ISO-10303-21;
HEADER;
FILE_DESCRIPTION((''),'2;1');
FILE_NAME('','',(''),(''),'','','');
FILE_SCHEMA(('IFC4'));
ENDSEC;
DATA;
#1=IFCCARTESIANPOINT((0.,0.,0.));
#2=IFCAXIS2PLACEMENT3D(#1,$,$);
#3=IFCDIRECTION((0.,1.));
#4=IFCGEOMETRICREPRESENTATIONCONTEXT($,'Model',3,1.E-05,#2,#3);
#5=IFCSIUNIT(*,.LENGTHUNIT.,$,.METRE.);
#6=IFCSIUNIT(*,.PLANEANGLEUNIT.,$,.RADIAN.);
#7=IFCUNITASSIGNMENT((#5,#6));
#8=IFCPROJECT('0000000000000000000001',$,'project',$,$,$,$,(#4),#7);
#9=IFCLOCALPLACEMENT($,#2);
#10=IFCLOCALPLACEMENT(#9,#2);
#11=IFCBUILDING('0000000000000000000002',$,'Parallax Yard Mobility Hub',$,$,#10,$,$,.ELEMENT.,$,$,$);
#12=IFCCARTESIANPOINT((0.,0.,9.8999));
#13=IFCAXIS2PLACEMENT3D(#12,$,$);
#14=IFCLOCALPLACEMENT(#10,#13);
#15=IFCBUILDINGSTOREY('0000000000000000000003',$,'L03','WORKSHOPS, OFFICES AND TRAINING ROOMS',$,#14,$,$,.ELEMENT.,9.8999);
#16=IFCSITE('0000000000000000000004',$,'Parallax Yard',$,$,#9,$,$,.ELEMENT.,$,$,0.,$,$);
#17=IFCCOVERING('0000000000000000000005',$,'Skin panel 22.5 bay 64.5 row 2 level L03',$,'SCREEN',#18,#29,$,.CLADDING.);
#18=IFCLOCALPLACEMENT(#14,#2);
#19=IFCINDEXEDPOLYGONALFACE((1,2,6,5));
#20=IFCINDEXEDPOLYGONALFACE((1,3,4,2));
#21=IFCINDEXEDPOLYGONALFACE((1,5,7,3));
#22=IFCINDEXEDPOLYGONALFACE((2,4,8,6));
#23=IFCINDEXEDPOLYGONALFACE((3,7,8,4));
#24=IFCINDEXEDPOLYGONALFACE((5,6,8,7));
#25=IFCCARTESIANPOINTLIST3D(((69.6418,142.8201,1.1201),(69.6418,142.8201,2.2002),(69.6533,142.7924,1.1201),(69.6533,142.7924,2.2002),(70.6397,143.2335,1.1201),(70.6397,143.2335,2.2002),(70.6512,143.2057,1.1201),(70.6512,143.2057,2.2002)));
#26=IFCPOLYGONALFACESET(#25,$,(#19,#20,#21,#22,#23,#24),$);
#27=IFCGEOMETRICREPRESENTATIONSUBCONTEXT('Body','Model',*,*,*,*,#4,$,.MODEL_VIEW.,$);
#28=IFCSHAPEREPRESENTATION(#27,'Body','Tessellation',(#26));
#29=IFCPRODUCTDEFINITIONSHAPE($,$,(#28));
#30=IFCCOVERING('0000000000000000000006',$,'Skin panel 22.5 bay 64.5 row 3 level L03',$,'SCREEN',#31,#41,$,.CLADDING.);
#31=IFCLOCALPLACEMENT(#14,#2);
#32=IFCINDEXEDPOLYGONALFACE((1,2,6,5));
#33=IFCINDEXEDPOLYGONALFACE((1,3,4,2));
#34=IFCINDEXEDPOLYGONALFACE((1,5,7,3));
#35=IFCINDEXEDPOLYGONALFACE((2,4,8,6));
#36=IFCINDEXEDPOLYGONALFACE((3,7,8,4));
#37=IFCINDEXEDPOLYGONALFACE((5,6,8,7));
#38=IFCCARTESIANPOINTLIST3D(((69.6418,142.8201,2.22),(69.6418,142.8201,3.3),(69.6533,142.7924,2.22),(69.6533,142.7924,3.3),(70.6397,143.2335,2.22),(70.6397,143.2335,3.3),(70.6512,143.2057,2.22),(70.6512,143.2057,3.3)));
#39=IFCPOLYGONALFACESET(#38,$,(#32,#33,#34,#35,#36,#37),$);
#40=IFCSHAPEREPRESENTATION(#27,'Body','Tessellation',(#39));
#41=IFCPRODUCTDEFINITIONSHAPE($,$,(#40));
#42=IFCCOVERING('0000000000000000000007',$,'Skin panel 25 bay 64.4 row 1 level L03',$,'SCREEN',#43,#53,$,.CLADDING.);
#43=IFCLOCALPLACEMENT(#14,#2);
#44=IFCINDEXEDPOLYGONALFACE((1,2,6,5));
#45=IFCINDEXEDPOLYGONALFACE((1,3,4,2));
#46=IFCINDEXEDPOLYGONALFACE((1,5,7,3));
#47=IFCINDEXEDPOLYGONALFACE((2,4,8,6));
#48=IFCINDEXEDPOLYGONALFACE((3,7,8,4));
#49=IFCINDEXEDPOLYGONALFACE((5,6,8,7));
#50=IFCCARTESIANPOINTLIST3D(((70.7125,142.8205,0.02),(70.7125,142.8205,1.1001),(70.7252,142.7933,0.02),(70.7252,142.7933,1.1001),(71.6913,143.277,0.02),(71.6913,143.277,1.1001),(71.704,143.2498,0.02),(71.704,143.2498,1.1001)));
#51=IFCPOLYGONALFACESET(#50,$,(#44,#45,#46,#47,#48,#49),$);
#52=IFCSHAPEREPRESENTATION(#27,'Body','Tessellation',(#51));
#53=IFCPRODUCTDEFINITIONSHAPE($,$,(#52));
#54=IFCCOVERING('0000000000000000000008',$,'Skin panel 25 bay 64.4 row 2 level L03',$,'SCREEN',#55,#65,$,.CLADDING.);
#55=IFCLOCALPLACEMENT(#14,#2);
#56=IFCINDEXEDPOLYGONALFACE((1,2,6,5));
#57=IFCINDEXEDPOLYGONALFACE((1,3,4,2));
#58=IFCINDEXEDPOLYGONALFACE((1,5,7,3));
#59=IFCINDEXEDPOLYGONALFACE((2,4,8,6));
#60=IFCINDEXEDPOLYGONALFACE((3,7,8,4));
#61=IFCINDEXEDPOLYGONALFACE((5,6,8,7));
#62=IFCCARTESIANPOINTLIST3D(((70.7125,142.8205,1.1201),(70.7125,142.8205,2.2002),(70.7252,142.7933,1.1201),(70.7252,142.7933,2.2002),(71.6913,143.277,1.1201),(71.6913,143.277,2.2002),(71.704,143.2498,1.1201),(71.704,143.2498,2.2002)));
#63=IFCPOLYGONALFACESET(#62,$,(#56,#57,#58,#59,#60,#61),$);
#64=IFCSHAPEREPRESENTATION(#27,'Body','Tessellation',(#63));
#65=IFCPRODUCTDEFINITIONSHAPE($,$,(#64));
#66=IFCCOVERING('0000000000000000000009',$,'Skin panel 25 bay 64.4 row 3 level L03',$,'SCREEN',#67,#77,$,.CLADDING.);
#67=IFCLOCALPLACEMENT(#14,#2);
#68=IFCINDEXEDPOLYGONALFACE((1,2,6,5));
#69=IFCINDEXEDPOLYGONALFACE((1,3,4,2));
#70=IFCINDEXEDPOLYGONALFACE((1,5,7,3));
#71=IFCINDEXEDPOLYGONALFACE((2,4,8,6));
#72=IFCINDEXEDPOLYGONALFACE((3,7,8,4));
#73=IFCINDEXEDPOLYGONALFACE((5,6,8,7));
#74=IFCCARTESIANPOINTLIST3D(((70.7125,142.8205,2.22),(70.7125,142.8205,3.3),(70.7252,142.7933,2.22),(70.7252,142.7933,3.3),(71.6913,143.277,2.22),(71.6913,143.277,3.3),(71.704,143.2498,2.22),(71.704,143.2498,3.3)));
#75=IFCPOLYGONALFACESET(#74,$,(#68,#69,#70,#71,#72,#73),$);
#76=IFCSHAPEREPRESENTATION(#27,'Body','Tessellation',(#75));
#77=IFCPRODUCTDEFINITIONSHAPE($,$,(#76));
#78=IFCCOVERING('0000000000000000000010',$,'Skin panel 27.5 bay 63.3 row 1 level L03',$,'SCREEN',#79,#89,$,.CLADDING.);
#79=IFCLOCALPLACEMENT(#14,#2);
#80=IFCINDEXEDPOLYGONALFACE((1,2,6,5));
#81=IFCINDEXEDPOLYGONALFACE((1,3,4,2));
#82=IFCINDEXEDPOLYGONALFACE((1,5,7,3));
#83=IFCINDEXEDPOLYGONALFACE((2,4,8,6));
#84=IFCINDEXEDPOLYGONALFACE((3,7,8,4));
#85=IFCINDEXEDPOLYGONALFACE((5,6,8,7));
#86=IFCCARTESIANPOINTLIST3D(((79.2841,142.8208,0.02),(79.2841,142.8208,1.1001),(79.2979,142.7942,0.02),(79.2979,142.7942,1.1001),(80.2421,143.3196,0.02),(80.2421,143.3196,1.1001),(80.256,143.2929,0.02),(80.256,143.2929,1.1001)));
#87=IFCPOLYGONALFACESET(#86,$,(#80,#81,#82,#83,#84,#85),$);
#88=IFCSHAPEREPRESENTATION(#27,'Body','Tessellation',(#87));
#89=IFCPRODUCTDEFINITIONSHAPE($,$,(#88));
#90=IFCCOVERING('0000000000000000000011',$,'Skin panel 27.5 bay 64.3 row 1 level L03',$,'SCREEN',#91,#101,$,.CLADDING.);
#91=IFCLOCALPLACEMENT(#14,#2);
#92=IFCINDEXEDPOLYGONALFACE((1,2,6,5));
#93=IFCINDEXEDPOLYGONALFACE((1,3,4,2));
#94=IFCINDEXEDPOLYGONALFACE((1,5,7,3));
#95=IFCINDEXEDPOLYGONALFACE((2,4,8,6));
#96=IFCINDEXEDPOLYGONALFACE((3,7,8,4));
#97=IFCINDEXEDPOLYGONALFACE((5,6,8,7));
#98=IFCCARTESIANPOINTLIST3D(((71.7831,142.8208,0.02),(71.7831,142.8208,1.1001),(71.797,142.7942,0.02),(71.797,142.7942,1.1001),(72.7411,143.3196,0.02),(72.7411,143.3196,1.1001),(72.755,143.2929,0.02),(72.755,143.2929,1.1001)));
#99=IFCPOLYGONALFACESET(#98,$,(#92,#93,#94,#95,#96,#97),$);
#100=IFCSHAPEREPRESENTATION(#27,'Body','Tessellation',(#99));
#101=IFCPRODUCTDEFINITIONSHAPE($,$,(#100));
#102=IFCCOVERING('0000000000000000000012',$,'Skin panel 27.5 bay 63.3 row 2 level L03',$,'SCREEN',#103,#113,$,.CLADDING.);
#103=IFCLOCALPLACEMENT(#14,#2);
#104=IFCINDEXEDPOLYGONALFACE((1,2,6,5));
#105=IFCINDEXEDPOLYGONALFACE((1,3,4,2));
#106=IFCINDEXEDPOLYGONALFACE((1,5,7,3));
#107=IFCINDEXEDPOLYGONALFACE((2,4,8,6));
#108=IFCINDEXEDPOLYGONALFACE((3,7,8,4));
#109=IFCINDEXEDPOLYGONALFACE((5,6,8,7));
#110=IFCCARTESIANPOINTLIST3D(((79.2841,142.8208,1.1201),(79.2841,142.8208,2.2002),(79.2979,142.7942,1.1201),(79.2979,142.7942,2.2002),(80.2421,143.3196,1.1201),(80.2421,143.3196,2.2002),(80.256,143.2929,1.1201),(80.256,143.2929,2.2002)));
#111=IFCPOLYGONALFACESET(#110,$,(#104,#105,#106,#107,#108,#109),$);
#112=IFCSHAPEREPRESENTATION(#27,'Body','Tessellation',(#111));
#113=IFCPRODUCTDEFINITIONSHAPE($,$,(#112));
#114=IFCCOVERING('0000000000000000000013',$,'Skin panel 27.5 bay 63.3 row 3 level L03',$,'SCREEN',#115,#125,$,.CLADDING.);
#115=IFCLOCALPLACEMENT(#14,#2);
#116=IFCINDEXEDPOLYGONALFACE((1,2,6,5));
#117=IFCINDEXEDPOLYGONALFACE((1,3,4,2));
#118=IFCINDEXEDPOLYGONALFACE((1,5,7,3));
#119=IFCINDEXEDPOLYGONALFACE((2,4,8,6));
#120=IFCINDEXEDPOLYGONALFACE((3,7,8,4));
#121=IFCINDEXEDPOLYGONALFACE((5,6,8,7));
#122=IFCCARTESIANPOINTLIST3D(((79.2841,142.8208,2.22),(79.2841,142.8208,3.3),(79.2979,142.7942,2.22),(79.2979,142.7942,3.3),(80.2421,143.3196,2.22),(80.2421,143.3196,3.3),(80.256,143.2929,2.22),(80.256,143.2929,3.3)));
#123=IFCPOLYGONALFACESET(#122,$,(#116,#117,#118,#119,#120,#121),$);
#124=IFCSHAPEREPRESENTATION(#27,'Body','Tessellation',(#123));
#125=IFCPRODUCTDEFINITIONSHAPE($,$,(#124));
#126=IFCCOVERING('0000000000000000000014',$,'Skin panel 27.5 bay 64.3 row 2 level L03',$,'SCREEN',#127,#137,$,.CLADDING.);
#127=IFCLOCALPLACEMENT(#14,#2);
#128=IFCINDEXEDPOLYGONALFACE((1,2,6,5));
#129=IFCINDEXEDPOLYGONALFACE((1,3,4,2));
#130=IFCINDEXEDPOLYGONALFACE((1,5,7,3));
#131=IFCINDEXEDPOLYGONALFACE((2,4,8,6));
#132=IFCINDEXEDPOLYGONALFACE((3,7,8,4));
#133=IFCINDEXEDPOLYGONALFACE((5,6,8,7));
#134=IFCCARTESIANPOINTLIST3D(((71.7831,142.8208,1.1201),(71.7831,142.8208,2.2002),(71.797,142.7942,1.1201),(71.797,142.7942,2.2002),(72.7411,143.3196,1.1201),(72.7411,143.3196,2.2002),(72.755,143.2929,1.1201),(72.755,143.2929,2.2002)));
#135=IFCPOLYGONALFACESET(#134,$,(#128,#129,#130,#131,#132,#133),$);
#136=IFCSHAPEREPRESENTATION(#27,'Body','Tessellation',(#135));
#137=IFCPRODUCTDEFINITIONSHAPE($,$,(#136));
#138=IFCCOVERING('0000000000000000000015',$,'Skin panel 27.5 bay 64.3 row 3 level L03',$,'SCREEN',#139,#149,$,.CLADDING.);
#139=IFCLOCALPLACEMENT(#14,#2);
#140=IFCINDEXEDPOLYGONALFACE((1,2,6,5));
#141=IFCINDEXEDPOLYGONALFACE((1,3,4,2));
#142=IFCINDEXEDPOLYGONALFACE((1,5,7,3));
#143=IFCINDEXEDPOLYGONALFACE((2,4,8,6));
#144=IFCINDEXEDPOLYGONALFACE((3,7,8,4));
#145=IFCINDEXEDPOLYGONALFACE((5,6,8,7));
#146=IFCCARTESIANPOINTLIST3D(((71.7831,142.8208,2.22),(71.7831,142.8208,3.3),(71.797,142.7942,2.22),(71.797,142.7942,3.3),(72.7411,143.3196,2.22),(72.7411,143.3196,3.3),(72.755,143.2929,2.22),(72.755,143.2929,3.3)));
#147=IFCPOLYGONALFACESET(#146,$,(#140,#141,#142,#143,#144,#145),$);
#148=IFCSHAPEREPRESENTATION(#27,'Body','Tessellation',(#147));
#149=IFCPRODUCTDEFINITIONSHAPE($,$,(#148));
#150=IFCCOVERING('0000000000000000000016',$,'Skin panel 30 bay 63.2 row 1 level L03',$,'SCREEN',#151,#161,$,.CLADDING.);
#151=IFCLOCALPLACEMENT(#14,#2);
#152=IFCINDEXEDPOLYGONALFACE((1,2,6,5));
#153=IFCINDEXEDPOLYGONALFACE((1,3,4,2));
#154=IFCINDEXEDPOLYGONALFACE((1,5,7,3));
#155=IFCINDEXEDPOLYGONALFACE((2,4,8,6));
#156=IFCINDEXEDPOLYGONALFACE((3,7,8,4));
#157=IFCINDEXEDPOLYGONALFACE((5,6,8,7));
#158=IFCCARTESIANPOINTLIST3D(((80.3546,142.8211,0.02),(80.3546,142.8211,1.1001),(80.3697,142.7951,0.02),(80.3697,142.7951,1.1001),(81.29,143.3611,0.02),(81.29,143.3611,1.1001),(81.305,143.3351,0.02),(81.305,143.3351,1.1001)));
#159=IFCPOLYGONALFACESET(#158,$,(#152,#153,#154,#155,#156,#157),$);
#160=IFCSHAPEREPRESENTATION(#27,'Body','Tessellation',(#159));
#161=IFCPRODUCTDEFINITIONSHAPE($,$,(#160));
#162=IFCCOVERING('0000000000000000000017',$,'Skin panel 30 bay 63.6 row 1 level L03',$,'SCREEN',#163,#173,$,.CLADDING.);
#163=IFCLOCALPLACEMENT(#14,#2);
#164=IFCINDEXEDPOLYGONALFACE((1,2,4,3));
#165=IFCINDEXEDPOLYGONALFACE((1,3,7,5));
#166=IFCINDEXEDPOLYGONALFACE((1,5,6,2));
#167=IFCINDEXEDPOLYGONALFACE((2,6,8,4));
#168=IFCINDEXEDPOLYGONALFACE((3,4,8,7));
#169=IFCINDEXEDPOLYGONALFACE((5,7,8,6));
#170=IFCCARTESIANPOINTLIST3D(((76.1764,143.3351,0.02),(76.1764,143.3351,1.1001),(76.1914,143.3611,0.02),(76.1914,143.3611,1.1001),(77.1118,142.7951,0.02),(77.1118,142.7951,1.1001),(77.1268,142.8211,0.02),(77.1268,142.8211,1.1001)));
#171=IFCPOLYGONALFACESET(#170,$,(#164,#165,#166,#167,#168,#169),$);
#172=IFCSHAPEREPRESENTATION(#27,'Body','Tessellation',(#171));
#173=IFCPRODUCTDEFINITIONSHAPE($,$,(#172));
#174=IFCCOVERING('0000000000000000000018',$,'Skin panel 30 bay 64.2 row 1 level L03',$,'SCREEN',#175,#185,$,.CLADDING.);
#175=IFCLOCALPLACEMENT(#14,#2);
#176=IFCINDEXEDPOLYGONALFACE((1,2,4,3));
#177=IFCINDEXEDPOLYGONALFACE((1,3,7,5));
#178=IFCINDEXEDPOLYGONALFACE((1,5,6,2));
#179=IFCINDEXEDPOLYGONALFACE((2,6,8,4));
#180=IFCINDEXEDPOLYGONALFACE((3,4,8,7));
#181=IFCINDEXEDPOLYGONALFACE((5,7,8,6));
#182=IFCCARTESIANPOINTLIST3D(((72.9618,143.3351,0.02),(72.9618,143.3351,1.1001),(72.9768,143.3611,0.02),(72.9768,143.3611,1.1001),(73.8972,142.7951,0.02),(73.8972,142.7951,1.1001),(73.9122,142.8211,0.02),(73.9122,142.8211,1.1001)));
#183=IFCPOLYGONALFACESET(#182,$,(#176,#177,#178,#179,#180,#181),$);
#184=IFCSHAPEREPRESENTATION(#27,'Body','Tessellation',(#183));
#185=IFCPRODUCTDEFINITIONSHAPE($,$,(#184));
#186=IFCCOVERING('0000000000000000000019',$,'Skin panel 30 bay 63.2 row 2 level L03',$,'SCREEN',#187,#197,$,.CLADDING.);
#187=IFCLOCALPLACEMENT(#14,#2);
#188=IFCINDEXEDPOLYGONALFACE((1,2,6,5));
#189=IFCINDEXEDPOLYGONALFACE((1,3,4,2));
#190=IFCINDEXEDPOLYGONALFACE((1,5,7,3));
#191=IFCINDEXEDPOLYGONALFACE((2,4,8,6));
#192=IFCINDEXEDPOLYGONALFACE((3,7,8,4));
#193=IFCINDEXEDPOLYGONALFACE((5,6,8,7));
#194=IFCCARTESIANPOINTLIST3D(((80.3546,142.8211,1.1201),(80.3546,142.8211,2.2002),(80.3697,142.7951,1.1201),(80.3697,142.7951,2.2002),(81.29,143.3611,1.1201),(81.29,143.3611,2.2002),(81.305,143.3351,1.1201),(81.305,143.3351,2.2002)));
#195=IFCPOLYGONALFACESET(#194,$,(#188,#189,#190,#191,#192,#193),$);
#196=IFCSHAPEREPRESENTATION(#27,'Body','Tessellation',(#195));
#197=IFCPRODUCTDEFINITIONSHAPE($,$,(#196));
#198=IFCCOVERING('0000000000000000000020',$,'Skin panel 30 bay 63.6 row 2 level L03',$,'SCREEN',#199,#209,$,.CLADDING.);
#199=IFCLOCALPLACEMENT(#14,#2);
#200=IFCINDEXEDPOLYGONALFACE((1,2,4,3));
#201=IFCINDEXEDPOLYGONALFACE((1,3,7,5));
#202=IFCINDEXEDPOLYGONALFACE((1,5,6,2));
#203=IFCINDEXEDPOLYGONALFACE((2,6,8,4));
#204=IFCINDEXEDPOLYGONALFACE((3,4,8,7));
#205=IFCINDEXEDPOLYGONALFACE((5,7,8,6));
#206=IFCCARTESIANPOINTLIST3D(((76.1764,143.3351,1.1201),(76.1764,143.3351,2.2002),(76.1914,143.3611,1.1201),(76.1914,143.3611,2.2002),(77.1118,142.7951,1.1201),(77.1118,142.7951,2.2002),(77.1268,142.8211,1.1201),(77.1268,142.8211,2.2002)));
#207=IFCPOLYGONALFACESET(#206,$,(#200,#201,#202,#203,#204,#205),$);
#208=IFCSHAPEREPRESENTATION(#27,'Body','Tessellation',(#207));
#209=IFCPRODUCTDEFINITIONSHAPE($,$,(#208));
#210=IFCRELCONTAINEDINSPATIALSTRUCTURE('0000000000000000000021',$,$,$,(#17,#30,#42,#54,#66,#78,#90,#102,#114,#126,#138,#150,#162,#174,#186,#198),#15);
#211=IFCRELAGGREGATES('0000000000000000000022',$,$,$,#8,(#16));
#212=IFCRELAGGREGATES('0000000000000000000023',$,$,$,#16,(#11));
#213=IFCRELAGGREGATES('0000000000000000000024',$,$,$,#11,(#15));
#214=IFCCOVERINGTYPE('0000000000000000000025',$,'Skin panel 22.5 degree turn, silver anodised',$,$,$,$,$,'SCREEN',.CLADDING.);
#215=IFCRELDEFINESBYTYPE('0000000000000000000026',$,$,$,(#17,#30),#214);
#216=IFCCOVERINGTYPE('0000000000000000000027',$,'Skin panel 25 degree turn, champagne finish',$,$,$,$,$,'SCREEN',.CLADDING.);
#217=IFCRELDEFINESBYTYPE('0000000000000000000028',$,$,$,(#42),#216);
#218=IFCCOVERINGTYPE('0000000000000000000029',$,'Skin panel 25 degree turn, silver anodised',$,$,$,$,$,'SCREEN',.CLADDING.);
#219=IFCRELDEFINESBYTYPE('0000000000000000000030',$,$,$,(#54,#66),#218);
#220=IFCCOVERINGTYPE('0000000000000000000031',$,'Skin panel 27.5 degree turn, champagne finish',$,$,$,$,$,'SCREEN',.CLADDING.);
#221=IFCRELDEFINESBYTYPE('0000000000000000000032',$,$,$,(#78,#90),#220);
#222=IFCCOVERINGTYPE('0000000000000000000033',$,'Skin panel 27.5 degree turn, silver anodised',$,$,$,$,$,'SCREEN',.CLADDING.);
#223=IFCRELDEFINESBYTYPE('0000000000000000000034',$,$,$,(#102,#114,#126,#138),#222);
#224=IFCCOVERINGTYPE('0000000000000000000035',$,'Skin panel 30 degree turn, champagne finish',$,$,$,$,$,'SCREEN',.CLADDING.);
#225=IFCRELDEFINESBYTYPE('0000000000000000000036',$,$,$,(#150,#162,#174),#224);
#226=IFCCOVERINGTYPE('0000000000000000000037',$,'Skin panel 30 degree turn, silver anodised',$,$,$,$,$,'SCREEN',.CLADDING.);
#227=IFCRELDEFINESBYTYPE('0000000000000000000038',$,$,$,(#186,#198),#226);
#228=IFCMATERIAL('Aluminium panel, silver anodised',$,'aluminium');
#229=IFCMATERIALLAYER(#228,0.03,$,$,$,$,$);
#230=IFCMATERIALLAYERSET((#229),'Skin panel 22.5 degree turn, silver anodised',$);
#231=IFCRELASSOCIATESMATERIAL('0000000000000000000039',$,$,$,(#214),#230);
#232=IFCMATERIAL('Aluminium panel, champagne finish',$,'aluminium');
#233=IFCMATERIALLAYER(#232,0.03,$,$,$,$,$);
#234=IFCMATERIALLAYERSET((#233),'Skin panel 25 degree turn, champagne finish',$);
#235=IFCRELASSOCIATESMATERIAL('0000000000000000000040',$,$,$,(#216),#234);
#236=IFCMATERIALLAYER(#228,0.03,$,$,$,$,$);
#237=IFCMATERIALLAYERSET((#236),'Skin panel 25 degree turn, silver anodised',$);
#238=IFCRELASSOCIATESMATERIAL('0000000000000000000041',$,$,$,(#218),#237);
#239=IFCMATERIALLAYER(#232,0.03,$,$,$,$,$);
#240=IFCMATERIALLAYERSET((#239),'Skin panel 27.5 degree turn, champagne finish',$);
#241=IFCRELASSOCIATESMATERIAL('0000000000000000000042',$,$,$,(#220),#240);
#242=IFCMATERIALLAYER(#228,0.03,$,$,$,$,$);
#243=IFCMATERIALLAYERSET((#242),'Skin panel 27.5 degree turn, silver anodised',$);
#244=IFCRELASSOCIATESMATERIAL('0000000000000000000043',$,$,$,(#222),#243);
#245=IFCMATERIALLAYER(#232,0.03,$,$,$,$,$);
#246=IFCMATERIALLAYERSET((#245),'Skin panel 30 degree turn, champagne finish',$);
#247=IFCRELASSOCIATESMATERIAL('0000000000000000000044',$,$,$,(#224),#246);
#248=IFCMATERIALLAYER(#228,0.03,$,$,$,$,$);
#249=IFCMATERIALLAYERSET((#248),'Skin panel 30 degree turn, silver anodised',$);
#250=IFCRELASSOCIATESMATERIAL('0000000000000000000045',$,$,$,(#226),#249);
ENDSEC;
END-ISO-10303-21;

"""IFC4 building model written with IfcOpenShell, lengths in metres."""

from ifc_helpers import new_model, si_unit, direction, frame, origin, origin_2d, place, context, subcontext, project, spatial, rectangle, extrude, material, layer, layer_set, type_object, element, save


model = new_model("IFC4")

# Units and contexts
model_context = context("Model", 3, precision=1e-05, world=origin(), true_north=direction((0.0, 1.0)))
body_context = subcontext(model_context, "Body", "Model", "MODEL_VIEW")
ifc_project = project(units=[si_unit("LENGTHUNIT", "METRE"), si_unit("PLANEANGLEUNIT", "RADIAN")], contexts=[model_context])

# Site, building, storey
site_placement = place(None, origin())
site = spatial("IfcSite", under=ifc_project, at=site_placement, Name="Parallax Yard", CompositionType="ELEMENT", RefElevation=0.0)
building_placement = place(site_placement, origin())
building = spatial("IfcBuilding", under=site, at=building_placement, Name="Parallax Yard Mobility Hub", CompositionType="ELEMENT")
storey_placement = place(building_placement, frame((0.0, 0.0, 9.8999)))
storey = spatial("IfcBuildingStorey", under=building, at=storey_placement, Name="L03", Description="WORKSHOPS, OFFICES AND TRAINING ROOMS", CompositionType="ELEMENT", Elevation=9.8999)

# Coverings
ifc_material_1 = material(Name="Aluminium panel, silver anodised", Category="aluminium")
ifc_layer_1 = layer(ifc_material_1, 0.03)
ifc_layer_set_1 = layer_set([ifc_layer_1], Name="Skin panel 22.5 degree turn, silver anodised")
covering_type_1 = type_object("IfcCoveringType", Name="Skin panel 22.5 degree turn, silver anodised", ElementType="SCREEN", PredefinedType="CLADDING", material=ifc_layer_set_1)
for number, where, z_axis, x_axis, name in (
    (1, (70.1465, 143.0129, 1.1201), (0.0, 0.0, 1.0), (0.92388, 0.382683, 0.0), "Skin panel 22.5 bay 64.5 row 2 level L03"),
    (2, (70.1465, 143.0129, 2.22), (0.0, 0.0, 1.0), (0.92388, 0.382683, 0.0), "Skin panel 22.5 bay 64.5 row 3 level L03"),
):
    element("IfcCovering", number, at=place(storey_placement, frame(where, z_axis=z_axis, x_axis=x_axis)), inside=storey, type_object=covering_type_1, Name=name, ObjectType="SCREEN", PredefinedType="CLADDING", context=body_context, shape_type="SweptSolid", body=[
        extrude(rectangle(XDim=1.0801, YDim=0.03, at=origin_2d()), origin(), (0.0, 0.0, 1.0), 1.0801),
    ])
ifc_material_2 = material(Name="Aluminium panel, champagne finish", Category="aluminium")
ifc_layer_2 = layer(ifc_material_2, 0.03)
ifc_layer_set_2 = layer_set([ifc_layer_2], Name="Skin panel 25 degree turn, champagne finish")
covering_type_2 = type_object("IfcCoveringType", Name="Skin panel 25 degree turn, champagne finish", ElementType="SCREEN", PredefinedType="CLADDING", material=ifc_layer_set_2)
covering_1_placement = place(storey_placement, frame((71.2083, 143.0352, 0.02), z_axis=(0.0, 0.0, 1.0), x_axis=(0.906308, 0.422618, 0.0)))
element("IfcCovering", 3, at=covering_1_placement, inside=storey, type_object=covering_type_2, Name="Skin panel 25 bay 64.4 row 1 level L03", ObjectType="SCREEN", PredefinedType="CLADDING", context=body_context, shape_type="SweptSolid", body=[
    extrude(rectangle(XDim=1.0801, YDim=0.03, at=origin_2d()), origin(), (0.0, 0.0, 1.0), 1.0801),
])
ifc_layer_3 = layer(ifc_material_1, 0.03)
ifc_layer_set_3 = layer_set([ifc_layer_3], Name="Skin panel 25 degree turn, silver anodised")
covering_type_3 = type_object("IfcCoveringType", Name="Skin panel 25 degree turn, silver anodised", ElementType="SCREEN", PredefinedType="CLADDING", material=ifc_layer_set_3)
for number, where, z_axis, x_axis, name in (
    (4, (71.2083, 143.0352, 1.1201), (0.0, 0.0, 1.0), (0.906308, 0.422618, 0.0), "Skin panel 25 bay 64.4 row 2 level L03"),
    (5, (71.2083, 143.0352, 2.22), (0.0, 0.0, 1.0), (0.906308, 0.422618, 0.0), "Skin panel 25 bay 64.4 row 3 level L03"),
):
    element("IfcCovering", number, at=place(storey_placement, frame(where, z_axis=z_axis, x_axis=x_axis)), inside=storey, type_object=covering_type_3, Name=name, ObjectType="SCREEN", PredefinedType="CLADDING", context=body_context, shape_type="SweptSolid", body=[
        extrude(rectangle(XDim=1.0801, YDim=0.03, at=origin_2d()), origin(), (0.0, 0.0, 1.0), 1.0801),
    ])
ifc_layer_4 = layer(ifc_material_2, 0.03)
ifc_layer_set_4 = layer_set([ifc_layer_4], Name="Skin panel 27.5 degree turn, champagne finish")
covering_type_4 = type_object("IfcCoveringType", Name="Skin panel 27.5 degree turn, champagne finish", ElementType="SCREEN", PredefinedType="CLADDING", material=ifc_layer_set_4)
for number, where, z_axis, x_axis, name in (
    (6, (79.77, 143.0569, 0.02), (0.0, 0.0, 1.0), (0.887011, 0.461749, 0.0), "Skin panel 27.5 bay 63.3 row 1 level L03"),
    (7, (72.269, 143.0569, 0.02), (0.0, 0.0, 1.0), (0.887011, 0.461749, 0.0), "Skin panel 27.5 bay 64.3 row 1 level L03"),
):
    element("IfcCovering", number, at=place(storey_placement, frame(where, z_axis=z_axis, x_axis=x_axis)), inside=storey, type_object=covering_type_4, Name=name, ObjectType="SCREEN", PredefinedType="CLADDING", context=body_context, shape_type="SweptSolid", body=[
        extrude(rectangle(XDim=1.0801, YDim=0.03, at=origin_2d()), origin(), (0.0, 0.0, 1.0), 1.0801),
    ])
ifc_layer_5 = layer(ifc_material_1, 0.03)
ifc_layer_set_5 = layer_set([ifc_layer_5], Name="Skin panel 27.5 degree turn, silver anodised")
covering_type_5 = type_object("IfcCoveringType", Name="Skin panel 27.5 degree turn, silver anodised", ElementType="SCREEN", PredefinedType="CLADDING", material=ifc_layer_set_5)
for number, where, z_axis, x_axis, name in (
    (8, (79.77, 143.0569, 1.1201), (0.0, 0.0, 1.0), (0.887011, 0.461749, 0.0), "Skin panel 27.5 bay 63.3 row 2 level L03"),
    (9, (79.77, 143.0569, 2.22), (0.0, 0.0, 1.0), (0.887011, 0.461749, 0.0), "Skin panel 27.5 bay 63.3 row 3 level L03"),
    (10, (72.269, 143.0569, 1.1201), (0.0, 0.0, 1.0), (0.887011, 0.461749, 0.0), "Skin panel 27.5 bay 64.3 row 2 level L03"),
    (11, (72.269, 143.0569, 2.22), (0.0, 0.0, 1.0), (0.887011, 0.461749, 0.0), "Skin panel 27.5 bay 64.3 row 3 level L03"),
):
    element("IfcCovering", number, at=place(storey_placement, frame(where, z_axis=z_axis, x_axis=x_axis)), inside=storey, type_object=covering_type_5, Name=name, ObjectType="SCREEN", PredefinedType="CLADDING", context=body_context, shape_type="SweptSolid", body=[
        extrude(rectangle(XDim=1.0801, YDim=0.03, at=origin_2d()), origin(), (0.0, 0.0, 1.0), 1.0801),
    ])
ifc_layer_6 = layer(ifc_material_2, 0.03)
ifc_layer_set_6 = layer_set([ifc_layer_6], Name="Skin panel 30 degree turn, champagne finish")
covering_type_6 = type_object("IfcCoveringType", Name="Skin panel 30 degree turn, champagne finish", ElementType="SCREEN", PredefinedType="CLADDING", material=ifc_layer_set_6)
for number, where, z_axis, x_axis, name in (
    (12, (80.8298, 143.0781, 0.02), (0.0, 0.0, 1.0), (0.866025, 0.5, 0.0), "Skin panel 30 bay 63.2 row 1 level L03"),
    (13, (76.6516, 143.0781, 0.02), (0.0, 0.0, 1.0), (-0.866025, 0.5, 0.0), "Skin panel 30 bay 63.6 row 1 level L03"),
    (14, (73.437, 143.0781, 0.02), (0.0, 0.0, 1.0), (-0.866025, 0.5, 0.0), "Skin panel 30 bay 64.2 row 1 level L03"),
):
    element("IfcCovering", number, at=place(storey_placement, frame(where, z_axis=z_axis, x_axis=x_axis)), inside=storey, type_object=covering_type_6, Name=name, ObjectType="SCREEN", PredefinedType="CLADDING", context=body_context, shape_type="SweptSolid", body=[
        extrude(rectangle(XDim=1.0801, YDim=0.03, at=origin_2d()), origin(), (0.0, 0.0, 1.0), 1.0801),
    ])
ifc_layer_7 = layer(ifc_material_1, 0.03)
ifc_layer_set_7 = layer_set([ifc_layer_7], Name="Skin panel 30 degree turn, silver anodised")
covering_type_7 = type_object("IfcCoveringType", Name="Skin panel 30 degree turn, silver anodised", ElementType="SCREEN", PredefinedType="CLADDING", material=ifc_layer_set_7)
for number, where, z_axis, x_axis, name in (
    (15, (80.8298, 143.0781, 1.1201), (0.0, 0.0, 1.0), (0.866025, 0.5, 0.0), "Skin panel 30 bay 63.2 row 2 level L03"),
    (16, (76.6516, 143.0781, 1.1201), (0.0, 0.0, 1.0), (-0.866025, 0.5, 0.0), "Skin panel 30 bay 63.6 row 2 level L03"),
):
    element("IfcCovering", number, at=place(storey_placement, frame(where, z_axis=z_axis, x_axis=x_axis)), inside=storey, type_object=covering_type_7, Name=name, ObjectType="SCREEN", PredefinedType="CLADDING", context=body_context, shape_type="SweptSolid", body=[
        extrude(rectangle(XDim=1.0801, YDim=0.03, at=origin_2d()), origin(), (0.0, 0.0, 1.0), 1.0801),
    ])

save(model, "model.ifc")
